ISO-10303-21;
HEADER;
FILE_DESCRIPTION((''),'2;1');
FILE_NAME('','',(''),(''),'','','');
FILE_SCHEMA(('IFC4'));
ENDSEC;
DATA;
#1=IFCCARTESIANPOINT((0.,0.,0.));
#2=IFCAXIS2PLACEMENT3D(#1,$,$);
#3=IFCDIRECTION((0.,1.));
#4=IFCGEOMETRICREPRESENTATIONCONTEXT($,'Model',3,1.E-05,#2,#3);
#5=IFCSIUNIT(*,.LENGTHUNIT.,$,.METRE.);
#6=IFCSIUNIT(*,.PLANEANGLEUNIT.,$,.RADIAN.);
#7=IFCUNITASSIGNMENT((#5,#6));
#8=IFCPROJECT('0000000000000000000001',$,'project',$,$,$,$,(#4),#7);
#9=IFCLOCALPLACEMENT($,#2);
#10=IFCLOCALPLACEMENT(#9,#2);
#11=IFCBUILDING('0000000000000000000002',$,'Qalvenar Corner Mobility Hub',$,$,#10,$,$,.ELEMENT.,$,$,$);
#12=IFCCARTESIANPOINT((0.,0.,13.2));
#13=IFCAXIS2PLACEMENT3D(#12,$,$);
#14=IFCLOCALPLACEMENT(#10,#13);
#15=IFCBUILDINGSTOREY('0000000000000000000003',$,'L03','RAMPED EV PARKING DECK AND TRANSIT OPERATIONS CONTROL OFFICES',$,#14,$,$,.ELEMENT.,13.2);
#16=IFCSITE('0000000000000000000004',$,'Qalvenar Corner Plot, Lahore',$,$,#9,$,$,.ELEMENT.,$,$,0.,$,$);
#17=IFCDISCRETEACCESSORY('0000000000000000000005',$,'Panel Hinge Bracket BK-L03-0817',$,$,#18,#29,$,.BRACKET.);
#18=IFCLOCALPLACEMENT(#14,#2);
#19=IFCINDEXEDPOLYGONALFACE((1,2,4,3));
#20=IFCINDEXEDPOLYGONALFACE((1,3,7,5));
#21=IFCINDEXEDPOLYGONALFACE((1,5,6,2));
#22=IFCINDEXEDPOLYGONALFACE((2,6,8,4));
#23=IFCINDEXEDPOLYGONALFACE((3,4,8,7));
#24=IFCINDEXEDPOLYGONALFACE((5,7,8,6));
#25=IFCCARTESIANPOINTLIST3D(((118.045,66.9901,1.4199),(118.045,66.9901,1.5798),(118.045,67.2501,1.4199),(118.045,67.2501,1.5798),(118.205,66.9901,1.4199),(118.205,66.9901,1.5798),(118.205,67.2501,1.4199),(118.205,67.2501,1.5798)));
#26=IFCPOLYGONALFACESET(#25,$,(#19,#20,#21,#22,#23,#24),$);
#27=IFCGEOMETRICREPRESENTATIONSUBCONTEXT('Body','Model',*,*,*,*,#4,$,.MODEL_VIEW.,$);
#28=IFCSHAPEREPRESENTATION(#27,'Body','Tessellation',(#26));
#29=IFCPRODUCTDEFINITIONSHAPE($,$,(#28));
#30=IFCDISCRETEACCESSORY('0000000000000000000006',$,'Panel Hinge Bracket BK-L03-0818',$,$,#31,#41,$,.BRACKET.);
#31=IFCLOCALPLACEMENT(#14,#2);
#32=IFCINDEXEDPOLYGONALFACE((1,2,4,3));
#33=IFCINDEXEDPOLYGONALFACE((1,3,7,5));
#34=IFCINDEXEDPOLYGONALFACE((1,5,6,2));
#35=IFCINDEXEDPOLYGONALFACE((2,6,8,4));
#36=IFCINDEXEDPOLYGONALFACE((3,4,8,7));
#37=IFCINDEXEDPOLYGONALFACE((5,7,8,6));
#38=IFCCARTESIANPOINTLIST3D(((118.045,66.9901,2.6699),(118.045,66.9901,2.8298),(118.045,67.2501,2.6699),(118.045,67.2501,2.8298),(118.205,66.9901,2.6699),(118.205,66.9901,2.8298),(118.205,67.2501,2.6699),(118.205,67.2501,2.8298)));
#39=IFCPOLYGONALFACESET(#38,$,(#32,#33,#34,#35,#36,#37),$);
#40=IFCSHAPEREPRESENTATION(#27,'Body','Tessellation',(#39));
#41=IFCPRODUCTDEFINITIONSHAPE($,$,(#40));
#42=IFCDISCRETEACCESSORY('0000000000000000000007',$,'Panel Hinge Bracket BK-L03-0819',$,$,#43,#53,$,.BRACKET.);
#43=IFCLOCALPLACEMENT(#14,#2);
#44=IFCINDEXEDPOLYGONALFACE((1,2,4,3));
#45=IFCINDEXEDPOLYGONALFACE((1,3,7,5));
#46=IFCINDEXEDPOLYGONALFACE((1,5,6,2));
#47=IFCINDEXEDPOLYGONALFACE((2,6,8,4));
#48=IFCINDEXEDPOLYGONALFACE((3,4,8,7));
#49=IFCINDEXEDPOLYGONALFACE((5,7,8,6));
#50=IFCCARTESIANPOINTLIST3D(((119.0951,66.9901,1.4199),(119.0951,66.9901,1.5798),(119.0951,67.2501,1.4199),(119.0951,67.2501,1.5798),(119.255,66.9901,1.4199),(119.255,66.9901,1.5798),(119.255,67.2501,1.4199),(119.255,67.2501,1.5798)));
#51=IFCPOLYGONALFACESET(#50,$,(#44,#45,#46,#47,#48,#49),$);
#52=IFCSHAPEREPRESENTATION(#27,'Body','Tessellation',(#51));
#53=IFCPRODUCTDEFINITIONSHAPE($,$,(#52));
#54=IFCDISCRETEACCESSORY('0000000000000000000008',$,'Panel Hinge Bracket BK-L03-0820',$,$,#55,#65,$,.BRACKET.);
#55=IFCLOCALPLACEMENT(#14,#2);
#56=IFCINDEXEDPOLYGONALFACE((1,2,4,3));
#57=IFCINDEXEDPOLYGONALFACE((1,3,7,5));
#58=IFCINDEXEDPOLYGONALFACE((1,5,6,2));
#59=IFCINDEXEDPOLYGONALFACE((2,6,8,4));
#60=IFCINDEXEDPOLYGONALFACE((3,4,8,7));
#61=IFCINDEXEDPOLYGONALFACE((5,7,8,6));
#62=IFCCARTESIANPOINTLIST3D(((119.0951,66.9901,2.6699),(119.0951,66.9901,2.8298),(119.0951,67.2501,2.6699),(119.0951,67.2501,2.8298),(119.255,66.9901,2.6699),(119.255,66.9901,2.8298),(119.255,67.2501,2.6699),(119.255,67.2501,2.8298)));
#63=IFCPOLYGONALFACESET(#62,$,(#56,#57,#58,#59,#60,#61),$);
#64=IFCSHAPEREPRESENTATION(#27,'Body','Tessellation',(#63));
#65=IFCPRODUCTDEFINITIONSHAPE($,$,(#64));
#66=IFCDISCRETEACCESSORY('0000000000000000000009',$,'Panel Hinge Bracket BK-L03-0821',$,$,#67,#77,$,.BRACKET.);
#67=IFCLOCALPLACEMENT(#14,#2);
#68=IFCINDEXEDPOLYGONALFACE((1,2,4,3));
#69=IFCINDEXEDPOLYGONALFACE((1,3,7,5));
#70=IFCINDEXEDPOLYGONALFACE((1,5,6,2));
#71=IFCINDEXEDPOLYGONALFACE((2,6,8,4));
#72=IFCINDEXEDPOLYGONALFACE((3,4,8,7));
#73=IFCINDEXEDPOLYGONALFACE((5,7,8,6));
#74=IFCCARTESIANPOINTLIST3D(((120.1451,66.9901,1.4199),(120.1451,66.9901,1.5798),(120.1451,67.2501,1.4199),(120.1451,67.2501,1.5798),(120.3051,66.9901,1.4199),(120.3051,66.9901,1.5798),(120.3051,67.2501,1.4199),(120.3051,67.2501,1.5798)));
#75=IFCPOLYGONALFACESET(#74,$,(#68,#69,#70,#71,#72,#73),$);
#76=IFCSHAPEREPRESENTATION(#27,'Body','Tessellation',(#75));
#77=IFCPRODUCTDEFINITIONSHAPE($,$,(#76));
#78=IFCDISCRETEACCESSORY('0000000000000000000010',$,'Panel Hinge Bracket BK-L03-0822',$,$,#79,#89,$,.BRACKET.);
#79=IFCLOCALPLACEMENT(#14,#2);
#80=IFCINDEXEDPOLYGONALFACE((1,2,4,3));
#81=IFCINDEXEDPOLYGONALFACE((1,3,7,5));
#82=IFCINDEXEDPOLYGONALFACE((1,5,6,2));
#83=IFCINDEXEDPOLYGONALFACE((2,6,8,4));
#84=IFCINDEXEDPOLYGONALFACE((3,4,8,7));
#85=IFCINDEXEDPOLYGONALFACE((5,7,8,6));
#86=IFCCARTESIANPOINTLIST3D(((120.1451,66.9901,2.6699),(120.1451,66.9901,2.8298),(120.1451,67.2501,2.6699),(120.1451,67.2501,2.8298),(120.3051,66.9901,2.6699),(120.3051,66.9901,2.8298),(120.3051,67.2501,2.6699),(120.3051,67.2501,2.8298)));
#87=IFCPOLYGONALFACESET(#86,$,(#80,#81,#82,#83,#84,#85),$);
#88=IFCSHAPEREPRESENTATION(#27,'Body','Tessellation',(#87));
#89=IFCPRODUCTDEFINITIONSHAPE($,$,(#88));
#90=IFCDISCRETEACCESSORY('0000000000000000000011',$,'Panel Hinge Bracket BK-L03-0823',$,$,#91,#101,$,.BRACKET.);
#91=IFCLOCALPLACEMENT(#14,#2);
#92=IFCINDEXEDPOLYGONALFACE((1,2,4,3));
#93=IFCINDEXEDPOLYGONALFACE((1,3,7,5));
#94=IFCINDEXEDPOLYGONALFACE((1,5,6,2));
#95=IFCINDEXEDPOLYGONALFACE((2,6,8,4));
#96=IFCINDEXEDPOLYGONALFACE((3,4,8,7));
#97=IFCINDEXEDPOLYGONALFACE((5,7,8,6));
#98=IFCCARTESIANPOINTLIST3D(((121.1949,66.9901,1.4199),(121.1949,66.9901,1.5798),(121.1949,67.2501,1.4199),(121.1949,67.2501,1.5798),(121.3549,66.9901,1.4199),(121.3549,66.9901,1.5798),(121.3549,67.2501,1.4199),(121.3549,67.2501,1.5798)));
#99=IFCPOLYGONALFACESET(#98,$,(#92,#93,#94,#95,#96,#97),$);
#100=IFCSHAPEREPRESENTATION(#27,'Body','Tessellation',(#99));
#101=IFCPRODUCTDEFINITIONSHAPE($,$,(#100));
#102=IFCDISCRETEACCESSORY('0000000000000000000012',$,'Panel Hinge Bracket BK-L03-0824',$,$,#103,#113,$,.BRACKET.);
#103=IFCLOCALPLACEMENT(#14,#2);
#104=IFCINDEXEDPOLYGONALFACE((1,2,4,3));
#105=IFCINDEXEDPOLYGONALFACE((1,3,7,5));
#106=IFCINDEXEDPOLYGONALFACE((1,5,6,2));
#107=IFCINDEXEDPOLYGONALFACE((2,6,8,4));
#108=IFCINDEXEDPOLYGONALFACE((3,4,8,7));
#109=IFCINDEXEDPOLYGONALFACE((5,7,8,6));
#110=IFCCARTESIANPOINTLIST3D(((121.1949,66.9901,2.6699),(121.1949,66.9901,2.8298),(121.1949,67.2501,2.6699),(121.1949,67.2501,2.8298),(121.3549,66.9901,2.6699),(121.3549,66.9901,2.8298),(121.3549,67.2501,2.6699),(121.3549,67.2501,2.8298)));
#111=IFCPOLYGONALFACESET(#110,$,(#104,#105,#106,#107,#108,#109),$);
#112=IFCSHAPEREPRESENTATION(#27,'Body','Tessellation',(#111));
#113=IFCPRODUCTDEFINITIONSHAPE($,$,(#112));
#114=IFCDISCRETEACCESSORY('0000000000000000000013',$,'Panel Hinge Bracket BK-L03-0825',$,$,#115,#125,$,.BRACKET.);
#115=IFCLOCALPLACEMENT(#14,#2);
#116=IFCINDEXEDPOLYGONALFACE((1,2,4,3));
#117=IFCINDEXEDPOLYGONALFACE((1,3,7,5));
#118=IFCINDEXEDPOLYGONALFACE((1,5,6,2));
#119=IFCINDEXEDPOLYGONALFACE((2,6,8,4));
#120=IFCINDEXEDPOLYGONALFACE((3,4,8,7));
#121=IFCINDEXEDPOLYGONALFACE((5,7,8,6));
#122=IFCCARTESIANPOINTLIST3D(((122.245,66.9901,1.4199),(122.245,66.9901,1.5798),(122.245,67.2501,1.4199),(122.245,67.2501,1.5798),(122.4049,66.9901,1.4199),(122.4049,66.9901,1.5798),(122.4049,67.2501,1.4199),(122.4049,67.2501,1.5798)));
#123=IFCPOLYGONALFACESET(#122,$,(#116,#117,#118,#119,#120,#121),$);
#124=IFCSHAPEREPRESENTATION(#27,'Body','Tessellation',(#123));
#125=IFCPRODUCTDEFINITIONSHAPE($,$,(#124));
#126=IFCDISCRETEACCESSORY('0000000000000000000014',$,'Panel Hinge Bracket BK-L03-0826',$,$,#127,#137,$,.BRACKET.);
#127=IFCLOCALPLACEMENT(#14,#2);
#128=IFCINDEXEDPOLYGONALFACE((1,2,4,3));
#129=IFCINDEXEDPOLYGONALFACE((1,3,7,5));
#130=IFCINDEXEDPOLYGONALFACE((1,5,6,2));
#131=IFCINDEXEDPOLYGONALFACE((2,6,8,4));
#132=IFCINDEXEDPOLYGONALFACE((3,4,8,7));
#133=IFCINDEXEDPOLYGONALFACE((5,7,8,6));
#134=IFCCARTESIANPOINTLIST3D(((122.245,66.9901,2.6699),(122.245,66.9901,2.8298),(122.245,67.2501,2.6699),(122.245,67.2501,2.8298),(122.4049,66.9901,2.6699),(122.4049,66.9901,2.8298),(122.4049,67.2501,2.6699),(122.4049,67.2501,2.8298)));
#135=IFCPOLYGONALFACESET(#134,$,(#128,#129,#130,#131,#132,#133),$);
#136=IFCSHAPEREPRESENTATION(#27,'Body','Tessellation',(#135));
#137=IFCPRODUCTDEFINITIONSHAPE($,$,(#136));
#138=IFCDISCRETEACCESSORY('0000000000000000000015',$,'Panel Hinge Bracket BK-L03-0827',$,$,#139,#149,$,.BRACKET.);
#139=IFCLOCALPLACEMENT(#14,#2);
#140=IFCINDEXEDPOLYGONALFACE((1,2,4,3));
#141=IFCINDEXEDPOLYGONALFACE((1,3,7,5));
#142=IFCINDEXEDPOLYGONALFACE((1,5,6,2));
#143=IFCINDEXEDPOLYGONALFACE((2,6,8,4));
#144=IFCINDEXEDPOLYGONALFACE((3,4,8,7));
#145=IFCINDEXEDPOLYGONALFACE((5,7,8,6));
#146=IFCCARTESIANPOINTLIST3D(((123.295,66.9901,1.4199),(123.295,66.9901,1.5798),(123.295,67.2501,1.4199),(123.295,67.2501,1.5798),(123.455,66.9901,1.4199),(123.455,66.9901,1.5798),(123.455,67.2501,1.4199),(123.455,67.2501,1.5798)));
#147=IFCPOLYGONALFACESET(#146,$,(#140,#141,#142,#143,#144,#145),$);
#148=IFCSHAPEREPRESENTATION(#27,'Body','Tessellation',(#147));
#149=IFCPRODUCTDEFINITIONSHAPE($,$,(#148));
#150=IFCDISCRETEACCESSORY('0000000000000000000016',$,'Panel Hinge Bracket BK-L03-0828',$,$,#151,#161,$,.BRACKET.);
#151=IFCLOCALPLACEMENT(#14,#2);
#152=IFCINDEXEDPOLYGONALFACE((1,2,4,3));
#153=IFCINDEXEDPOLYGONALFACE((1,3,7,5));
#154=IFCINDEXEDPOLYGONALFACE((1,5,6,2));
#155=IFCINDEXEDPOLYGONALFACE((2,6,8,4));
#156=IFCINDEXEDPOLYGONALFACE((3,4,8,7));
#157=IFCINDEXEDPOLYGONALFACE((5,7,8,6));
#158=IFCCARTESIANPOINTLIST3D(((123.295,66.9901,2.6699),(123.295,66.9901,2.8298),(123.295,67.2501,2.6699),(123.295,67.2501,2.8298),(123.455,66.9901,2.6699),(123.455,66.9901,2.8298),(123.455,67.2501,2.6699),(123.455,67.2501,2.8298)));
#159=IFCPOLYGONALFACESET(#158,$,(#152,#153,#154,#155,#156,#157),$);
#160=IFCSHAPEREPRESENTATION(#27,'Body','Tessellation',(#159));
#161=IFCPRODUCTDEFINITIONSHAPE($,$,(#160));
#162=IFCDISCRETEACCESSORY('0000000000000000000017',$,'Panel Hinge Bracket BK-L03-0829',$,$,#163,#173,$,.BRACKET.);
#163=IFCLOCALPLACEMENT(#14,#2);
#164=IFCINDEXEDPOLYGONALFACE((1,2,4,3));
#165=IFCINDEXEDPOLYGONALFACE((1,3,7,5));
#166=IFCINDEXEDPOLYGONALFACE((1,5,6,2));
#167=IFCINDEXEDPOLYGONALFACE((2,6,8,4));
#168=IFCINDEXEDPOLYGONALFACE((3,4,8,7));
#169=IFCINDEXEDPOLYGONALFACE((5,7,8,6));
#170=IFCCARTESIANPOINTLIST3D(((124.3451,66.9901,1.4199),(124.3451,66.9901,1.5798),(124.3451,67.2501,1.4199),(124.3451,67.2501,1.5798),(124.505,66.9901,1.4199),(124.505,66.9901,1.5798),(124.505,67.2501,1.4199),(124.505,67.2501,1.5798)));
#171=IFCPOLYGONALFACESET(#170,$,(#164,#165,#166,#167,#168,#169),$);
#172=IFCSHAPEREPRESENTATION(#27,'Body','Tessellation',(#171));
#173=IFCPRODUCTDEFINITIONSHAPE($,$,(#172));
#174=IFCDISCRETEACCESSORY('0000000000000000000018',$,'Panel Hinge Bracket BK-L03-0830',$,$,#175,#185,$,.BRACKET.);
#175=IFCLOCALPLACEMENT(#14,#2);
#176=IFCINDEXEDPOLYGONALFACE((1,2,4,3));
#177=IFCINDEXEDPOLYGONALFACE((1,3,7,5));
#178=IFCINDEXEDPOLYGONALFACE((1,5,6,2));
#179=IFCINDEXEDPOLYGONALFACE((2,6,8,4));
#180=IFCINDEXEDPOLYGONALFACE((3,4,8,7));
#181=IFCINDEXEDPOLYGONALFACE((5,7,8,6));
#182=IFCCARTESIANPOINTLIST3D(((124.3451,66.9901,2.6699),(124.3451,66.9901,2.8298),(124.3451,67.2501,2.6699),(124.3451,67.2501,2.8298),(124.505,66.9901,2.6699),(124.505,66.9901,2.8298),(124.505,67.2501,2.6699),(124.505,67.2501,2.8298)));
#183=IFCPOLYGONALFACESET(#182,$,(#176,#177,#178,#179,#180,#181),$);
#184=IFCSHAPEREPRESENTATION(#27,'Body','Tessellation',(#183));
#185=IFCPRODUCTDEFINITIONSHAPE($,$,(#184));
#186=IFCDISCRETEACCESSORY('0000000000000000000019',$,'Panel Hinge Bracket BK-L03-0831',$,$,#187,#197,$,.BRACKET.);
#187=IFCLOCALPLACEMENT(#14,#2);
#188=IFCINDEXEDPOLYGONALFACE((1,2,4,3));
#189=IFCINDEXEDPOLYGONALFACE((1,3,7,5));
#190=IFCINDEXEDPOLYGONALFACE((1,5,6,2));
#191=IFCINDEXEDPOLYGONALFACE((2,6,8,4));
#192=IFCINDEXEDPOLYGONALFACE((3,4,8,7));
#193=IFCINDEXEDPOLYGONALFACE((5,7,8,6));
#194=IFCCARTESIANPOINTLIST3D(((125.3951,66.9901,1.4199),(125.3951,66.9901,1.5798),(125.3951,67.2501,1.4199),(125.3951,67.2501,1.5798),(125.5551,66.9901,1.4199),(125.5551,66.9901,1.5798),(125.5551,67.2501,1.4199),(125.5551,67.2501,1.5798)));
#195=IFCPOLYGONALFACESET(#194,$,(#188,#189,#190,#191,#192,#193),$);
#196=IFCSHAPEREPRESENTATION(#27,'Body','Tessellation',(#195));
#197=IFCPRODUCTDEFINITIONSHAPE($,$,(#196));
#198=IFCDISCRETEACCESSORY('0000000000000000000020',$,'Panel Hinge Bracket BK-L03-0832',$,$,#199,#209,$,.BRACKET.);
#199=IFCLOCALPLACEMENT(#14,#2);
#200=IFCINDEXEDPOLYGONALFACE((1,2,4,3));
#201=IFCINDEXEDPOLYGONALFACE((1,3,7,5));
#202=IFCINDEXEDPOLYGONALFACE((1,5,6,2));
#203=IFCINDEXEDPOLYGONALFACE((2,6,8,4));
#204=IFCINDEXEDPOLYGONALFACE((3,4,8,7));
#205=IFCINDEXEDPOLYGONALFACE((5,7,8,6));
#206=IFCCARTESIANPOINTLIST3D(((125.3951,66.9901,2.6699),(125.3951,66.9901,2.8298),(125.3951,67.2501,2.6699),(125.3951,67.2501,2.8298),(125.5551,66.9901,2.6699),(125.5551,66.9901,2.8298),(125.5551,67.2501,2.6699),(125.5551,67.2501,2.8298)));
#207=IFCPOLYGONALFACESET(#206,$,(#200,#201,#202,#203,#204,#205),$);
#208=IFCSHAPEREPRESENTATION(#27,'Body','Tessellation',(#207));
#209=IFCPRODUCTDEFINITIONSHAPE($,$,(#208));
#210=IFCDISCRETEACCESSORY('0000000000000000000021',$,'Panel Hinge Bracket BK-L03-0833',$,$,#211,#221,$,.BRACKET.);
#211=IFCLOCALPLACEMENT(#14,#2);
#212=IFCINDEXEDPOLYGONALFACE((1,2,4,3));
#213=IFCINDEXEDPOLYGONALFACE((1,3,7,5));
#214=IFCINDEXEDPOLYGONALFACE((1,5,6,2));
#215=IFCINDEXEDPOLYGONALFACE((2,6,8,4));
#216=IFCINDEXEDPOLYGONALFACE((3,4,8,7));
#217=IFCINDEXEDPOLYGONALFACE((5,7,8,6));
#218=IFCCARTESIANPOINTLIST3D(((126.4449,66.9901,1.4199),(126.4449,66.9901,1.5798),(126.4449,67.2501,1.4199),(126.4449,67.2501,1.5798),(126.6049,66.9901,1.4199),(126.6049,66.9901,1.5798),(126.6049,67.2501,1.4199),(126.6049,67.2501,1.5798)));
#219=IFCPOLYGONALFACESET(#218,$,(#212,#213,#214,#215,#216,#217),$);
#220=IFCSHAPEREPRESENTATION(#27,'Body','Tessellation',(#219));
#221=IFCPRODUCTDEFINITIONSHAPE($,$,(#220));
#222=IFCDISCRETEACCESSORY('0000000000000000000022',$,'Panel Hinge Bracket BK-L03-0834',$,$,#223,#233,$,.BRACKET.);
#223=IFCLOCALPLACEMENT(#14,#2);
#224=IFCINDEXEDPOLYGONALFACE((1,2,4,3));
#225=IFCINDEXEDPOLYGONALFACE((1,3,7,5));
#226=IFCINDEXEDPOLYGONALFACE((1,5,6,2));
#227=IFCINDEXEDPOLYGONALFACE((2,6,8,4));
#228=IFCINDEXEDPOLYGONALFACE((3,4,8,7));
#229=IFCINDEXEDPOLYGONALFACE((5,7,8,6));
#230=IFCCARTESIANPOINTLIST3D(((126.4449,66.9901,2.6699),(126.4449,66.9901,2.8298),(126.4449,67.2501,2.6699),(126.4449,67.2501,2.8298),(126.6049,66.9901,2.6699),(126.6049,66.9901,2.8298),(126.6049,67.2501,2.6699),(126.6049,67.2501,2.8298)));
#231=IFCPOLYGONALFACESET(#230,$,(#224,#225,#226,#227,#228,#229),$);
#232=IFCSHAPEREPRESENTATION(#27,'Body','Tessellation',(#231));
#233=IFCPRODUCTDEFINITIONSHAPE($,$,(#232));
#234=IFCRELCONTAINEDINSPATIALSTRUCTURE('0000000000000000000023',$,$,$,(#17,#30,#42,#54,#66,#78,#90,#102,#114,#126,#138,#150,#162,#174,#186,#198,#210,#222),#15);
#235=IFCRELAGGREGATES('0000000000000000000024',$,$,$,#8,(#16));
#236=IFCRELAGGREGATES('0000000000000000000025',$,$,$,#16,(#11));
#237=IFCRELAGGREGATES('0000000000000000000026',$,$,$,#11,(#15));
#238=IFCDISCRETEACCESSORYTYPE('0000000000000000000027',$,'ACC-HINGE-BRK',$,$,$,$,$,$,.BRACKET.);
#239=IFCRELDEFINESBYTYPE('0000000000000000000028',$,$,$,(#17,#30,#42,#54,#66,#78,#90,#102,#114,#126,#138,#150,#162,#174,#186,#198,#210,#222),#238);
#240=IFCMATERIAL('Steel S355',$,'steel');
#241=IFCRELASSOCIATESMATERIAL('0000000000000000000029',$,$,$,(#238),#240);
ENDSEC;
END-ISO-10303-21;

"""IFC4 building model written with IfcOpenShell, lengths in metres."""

from ifc_helpers import new_model, si_unit, direction, frame, origin, origin_2d, place, context, subcontext, project, spatial, rectangle, extrude, material, type_object, element, save


model = new_model("IFC4")

# Units and contexts
model_context = context("Model", 3, precision=1e-05, world=origin(), true_north=direction((0.0, 1.0)))
body_context = subcontext(model_context, "Body", "Model", "MODEL_VIEW")
ifc_project = project(units=[si_unit("LENGTHUNIT", "METRE"), si_unit("PLANEANGLEUNIT", "RADIAN")], contexts=[model_context])

# Site, building, storey
site_placement = place(None, origin())
site = spatial("IfcSite", under=ifc_project, at=site_placement, Name="Qalvenar Corner Plot, Lahore", CompositionType="ELEMENT", RefElevation=0.0)
building_placement = place(site_placement, origin())
building = spatial("IfcBuilding", under=site, at=building_placement, Name="Qalvenar Corner Mobility Hub", CompositionType="ELEMENT")
storey_placement = place(building_placement, frame((0.0, 0.0, 13.2)))
storey = spatial("IfcBuildingStorey", under=building, at=storey_placement, Name="L03", Description="RAMPED EV PARKING DECK AND TRANSIT OPERATIONS CONTROL OFFICES", CompositionType="ELEMENT", Elevation=13.2)

# Shared definitions
ifc_material = material(Name="Steel S355", Category="steel")

# Discrete accessories
discrete_accessory_type = type_object("IfcDiscreteAccessoryType", Name="ACC-HINGE-BRK", PredefinedType="BRACKET", material=ifc_material)
for number, where, z_axis, x_axis, name in (
    (1, (118.125, 67.1201, 1.4199), (0.0, 0.0, 1.0), (1.0, 0.0, 0.0), "Panel Hinge Bracket BK-L03-0817"),
    (2, (118.125, 67.1201, 2.6699), (0.0, 0.0, 1.0), (1.0, 0.0, 0.0), "Panel Hinge Bracket BK-L03-0818"),
    (3, (119.175, 67.1201, 1.4199), (0.0, 0.0, 1.0), (1.0, 0.0, 0.0), "Panel Hinge Bracket BK-L03-0819"),
    (4, (119.175, 67.1201, 2.6699), (0.0, 0.0, 1.0), (1.0, 0.0, 0.0), "Panel Hinge Bracket BK-L03-0820"),
    (5, (120.2251, 67.1201, 1.4199), (0.0, 0.0, 1.0), (1.0, 0.0, 0.0), "Panel Hinge Bracket BK-L03-0821"),
    (6, (120.2251, 67.1201, 2.6699), (0.0, 0.0, 1.0), (1.0, 0.0, 0.0), "Panel Hinge Bracket BK-L03-0822"),
    (7, (121.2749, 67.1201, 1.4199), (0.0, 0.0, 1.0), (1.0, 0.0, 0.0), "Panel Hinge Bracket BK-L03-0823"),
    (8, (121.2749, 67.1201, 2.6699), (0.0, 0.0, 1.0), (1.0, 0.0, 0.0), "Panel Hinge Bracket BK-L03-0824"),
    (9, (122.325, 67.1201, 1.4199), (0.0, 0.0, 1.0), (1.0, 0.0, 0.0), "Panel Hinge Bracket BK-L03-0825"),
    (10, (122.325, 67.1201, 2.6699), (0.0, 0.0, 1.0), (1.0, 0.0, 0.0), "Panel Hinge Bracket BK-L03-0826"),
    (11, (123.375, 67.1201, 1.4199), (0.0, 0.0, 1.0), (1.0, 0.0, 0.0), "Panel Hinge Bracket BK-L03-0827"),
    (12, (123.375, 67.1201, 2.6699), (0.0, 0.0, 1.0), (1.0, 0.0, 0.0), "Panel Hinge Bracket BK-L03-0828"),
    (13, (124.425, 67.1201, 1.4199), (0.0, 0.0, 1.0), (1.0, 0.0, 0.0), "Panel Hinge Bracket BK-L03-0829"),
    (14, (124.425, 67.1201, 2.6699), (0.0, 0.0, 1.0), (1.0, 0.0, 0.0), "Panel Hinge Bracket BK-L03-0830"),
    (15, (125.4751, 67.1201, 1.4199), (0.0, 0.0, 1.0), (1.0, 0.0, 0.0), "Panel Hinge Bracket BK-L03-0831"),
    (16, (125.4751, 67.1201, 2.6699), (0.0, 0.0, 1.0), (1.0, 0.0, 0.0), "Panel Hinge Bracket BK-L03-0832"),
    (17, (126.5249, 67.1201, 1.4199), (0.0, 0.0, 1.0), (1.0, 0.0, 0.0), "Panel Hinge Bracket BK-L03-0833"),
    (18, (126.5249, 67.1201, 2.6699), (0.0, 0.0, 1.0), (1.0, 0.0, 0.0), "Panel Hinge Bracket BK-L03-0834"),
):
    element("IfcDiscreteAccessory", number, at=place(storey_placement, frame(where, z_axis=z_axis, x_axis=x_axis)), inside=storey, type_object=discrete_accessory_type, Name=name, PredefinedType="BRACKET", context=body_context, shape_type="SweptSolid", body=[
        extrude(rectangle(XDim=0.1599, YDim=0.26, at=origin_2d()), origin(), (0.0, 0.0, 1.0), 0.1599),
    ])

save(model, "model.ifc")
